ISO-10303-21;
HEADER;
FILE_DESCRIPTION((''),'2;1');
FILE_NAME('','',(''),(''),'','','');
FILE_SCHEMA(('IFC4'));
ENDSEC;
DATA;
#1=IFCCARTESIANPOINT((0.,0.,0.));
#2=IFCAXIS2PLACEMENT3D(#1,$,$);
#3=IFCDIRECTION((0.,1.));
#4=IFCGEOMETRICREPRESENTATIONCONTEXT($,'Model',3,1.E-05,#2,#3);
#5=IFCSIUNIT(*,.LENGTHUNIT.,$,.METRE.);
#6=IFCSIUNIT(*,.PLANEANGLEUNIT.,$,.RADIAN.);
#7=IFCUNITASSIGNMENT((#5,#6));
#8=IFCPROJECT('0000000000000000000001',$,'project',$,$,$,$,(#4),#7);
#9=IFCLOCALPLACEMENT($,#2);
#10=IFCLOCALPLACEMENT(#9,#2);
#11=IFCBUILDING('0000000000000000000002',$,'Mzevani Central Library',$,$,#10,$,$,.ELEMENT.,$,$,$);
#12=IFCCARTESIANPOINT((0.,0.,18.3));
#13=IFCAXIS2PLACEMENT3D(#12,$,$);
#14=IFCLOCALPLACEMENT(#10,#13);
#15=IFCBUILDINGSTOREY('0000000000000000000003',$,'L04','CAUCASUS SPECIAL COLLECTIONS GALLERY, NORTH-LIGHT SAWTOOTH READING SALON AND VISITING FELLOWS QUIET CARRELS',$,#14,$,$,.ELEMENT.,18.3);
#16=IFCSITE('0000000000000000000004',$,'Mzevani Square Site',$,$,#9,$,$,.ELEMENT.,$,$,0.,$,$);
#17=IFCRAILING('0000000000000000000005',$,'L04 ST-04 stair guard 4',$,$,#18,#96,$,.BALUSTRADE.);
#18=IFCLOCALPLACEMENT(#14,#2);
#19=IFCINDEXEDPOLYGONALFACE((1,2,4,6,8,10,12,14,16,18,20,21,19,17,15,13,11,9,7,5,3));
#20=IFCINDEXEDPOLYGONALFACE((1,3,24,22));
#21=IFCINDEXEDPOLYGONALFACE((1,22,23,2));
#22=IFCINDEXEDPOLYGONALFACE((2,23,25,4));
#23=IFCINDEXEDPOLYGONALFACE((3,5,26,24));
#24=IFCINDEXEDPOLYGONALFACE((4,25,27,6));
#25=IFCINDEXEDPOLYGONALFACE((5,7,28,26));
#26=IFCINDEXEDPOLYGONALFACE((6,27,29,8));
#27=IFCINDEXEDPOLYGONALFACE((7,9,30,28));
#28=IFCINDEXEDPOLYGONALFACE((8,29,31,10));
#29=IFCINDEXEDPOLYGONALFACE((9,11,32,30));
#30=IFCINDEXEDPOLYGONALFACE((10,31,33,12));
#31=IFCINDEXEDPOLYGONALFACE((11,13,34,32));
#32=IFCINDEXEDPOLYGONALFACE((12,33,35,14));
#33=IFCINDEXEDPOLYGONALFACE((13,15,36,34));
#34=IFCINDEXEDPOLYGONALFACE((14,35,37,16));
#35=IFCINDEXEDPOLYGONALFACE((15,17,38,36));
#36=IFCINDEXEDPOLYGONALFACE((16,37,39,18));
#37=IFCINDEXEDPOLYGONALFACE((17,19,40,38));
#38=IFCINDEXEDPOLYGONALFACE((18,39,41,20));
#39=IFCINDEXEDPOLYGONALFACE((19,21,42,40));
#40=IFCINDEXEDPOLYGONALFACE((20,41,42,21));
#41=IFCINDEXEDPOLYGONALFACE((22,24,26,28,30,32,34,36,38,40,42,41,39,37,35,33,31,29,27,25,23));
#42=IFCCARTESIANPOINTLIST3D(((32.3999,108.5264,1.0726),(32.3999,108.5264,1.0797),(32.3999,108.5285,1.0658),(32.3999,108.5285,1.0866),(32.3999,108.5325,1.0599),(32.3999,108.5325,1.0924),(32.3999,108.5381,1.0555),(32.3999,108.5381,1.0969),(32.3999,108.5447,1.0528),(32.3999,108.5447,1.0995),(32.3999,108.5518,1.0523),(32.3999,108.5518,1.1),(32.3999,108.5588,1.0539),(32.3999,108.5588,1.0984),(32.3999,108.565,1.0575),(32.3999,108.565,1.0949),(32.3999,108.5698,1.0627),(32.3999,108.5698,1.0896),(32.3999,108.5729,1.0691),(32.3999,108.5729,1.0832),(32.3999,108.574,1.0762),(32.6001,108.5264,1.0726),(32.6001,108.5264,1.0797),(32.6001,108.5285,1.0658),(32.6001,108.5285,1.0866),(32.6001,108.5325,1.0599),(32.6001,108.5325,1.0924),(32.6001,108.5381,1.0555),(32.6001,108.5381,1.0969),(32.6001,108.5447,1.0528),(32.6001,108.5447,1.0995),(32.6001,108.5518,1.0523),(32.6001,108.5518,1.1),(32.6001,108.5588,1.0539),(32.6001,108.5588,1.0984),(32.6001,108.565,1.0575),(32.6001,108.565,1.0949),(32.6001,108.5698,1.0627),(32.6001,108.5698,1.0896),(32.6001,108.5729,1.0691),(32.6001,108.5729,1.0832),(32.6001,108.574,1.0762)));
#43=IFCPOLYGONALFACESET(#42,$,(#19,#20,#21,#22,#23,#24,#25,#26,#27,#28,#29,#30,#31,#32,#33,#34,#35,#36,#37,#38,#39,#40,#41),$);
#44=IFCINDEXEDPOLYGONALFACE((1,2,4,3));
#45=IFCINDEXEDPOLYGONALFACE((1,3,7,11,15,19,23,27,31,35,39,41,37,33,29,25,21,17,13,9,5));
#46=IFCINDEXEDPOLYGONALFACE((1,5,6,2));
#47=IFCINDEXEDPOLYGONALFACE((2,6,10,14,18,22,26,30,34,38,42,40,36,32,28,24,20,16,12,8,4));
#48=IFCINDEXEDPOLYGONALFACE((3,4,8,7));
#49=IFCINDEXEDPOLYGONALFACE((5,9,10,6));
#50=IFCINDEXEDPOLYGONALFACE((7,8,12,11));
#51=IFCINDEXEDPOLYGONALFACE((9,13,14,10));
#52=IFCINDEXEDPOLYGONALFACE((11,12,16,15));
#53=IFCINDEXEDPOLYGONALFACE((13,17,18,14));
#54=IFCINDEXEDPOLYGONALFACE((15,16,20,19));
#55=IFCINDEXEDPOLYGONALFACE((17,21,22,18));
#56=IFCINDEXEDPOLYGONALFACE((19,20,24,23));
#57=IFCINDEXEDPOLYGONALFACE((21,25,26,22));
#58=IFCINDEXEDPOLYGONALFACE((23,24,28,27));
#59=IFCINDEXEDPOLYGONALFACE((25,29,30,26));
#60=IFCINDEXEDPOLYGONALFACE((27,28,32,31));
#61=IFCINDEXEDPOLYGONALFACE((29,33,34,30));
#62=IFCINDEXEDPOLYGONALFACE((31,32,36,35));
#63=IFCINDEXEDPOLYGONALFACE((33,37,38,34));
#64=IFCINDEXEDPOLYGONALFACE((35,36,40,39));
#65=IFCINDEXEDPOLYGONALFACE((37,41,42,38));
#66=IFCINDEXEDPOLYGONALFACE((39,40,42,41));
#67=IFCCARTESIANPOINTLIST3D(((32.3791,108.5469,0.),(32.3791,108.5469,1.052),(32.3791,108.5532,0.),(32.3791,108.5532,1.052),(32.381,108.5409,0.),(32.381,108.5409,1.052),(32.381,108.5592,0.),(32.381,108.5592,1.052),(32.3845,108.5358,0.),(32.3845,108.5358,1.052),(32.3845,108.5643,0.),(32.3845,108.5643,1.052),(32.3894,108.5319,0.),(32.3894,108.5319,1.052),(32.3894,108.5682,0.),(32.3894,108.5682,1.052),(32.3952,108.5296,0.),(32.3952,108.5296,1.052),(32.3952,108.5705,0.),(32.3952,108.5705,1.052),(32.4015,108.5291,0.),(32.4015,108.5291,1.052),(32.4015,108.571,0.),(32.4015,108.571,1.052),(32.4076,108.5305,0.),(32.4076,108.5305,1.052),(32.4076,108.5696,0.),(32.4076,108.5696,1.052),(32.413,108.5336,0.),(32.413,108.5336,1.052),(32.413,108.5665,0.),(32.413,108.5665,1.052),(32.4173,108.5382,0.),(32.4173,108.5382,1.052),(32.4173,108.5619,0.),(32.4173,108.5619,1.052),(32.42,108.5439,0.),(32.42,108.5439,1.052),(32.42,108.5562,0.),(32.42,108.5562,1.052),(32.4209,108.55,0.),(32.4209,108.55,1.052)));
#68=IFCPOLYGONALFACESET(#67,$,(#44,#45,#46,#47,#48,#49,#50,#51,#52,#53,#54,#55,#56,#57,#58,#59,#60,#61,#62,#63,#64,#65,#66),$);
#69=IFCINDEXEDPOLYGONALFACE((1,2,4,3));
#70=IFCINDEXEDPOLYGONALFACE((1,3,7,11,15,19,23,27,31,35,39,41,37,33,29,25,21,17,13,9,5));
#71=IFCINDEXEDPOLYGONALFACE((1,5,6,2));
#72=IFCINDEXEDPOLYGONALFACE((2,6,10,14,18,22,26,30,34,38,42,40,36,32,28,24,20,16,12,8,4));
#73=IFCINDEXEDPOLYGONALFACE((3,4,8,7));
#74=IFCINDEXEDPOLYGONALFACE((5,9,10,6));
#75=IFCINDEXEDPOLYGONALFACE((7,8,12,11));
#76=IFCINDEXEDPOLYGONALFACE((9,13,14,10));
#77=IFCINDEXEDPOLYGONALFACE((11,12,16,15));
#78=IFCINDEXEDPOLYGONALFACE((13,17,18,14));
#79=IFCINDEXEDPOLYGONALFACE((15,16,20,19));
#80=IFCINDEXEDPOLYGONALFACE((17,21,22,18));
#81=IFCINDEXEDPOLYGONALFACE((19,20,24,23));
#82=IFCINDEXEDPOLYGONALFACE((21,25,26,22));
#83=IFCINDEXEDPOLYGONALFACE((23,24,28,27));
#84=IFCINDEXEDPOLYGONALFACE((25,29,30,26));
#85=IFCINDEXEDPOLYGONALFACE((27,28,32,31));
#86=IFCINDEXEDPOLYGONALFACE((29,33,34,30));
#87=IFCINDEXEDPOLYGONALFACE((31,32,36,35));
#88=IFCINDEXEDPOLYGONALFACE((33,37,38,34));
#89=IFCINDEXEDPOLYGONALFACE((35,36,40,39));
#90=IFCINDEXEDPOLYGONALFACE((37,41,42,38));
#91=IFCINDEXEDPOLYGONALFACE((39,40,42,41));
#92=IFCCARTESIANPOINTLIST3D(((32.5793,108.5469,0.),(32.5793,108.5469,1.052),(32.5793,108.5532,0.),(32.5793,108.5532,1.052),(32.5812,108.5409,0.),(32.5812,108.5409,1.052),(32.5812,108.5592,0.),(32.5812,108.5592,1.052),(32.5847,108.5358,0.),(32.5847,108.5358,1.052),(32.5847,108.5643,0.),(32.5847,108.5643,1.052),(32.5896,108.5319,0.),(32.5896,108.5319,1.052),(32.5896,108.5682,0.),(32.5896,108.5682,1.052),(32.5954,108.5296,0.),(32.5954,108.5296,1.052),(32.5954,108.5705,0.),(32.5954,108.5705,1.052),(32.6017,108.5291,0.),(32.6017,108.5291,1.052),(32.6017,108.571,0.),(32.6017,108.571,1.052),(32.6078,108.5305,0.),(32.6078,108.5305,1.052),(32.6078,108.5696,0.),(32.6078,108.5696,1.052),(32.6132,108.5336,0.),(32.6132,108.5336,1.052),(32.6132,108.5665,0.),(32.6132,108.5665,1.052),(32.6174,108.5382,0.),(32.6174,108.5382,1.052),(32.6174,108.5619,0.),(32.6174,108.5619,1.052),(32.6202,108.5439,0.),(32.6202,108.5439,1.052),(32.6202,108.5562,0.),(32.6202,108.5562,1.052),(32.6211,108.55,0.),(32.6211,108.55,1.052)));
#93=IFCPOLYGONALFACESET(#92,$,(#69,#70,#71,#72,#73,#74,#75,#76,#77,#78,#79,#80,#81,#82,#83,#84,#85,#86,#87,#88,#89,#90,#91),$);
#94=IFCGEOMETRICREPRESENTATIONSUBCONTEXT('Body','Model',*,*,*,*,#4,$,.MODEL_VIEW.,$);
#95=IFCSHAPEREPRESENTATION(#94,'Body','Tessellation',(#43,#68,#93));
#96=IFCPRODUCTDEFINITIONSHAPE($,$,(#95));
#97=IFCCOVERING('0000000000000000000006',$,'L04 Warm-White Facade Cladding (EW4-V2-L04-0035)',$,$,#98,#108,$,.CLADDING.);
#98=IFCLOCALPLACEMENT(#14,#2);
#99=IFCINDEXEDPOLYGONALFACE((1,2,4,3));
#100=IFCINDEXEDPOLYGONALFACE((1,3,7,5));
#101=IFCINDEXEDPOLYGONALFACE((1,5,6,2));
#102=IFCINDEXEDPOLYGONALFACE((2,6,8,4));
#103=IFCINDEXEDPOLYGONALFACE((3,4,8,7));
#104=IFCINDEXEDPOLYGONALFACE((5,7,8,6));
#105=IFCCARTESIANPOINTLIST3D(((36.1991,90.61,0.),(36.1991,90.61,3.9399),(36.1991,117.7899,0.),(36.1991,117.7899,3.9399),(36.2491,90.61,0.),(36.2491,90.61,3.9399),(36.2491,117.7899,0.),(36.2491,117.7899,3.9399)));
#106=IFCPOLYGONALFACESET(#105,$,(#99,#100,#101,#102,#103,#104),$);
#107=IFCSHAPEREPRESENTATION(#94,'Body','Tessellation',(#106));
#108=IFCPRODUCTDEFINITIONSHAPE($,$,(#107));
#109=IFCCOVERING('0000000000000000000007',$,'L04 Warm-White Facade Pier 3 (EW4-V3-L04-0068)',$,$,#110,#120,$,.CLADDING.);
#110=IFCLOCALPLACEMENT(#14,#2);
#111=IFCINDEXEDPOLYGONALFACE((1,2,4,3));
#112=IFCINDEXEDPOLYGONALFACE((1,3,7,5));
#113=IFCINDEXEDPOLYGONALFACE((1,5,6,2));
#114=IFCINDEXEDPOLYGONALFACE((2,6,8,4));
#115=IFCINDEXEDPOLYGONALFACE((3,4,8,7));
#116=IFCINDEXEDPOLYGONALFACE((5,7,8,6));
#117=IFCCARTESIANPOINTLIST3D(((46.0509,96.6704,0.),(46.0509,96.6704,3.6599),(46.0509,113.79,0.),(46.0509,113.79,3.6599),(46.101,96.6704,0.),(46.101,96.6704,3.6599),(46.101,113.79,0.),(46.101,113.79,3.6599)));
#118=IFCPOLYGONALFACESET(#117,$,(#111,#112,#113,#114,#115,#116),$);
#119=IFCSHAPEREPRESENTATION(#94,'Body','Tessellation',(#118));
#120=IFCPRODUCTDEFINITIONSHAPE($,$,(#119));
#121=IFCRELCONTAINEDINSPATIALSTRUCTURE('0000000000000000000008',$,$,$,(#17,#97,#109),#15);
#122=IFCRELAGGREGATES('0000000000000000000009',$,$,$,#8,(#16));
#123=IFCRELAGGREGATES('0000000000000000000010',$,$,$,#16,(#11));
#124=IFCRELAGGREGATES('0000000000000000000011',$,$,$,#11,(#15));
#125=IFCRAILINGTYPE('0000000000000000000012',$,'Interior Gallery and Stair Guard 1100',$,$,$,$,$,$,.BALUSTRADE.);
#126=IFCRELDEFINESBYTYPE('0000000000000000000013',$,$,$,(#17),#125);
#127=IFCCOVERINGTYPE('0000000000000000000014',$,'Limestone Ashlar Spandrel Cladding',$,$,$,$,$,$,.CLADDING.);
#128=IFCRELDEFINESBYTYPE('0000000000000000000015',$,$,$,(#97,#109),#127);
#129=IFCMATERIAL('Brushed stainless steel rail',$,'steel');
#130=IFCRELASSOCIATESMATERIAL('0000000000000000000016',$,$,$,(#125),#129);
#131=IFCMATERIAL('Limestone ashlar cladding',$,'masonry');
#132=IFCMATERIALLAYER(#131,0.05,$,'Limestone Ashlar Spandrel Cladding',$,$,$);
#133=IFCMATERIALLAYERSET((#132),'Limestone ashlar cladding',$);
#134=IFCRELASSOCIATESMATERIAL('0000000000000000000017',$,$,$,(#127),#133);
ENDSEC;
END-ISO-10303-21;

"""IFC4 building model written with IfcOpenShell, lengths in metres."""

from ifc_helpers import new_model, si_unit, direction, frame, origin, origin_2d, place, context, subcontext, project, spatial, rectangle, circle, extrude, material, layer, layer_set, type_object, element, save


model = new_model("IFC4")

# Units and contexts
model_context = context("Model", 3, precision=1e-05, world=origin(), true_north=direction((0.0, 1.0)))
body_context = subcontext(model_context, "Body", "Model", "MODEL_VIEW")
ifc_project = project(units=[si_unit("LENGTHUNIT", "METRE"), si_unit("PLANEANGLEUNIT", "RADIAN")], contexts=[model_context])

# Site, building, storey
site_placement = place(None, origin())
site = spatial("IfcSite", under=ifc_project, at=site_placement, Name="Mzevani Square Site", CompositionType="ELEMENT", RefElevation=0.0)
building_placement = place(site_placement, origin())
building = spatial("IfcBuilding", under=site, at=building_placement, Name="Mzevani Central Library", CompositionType="ELEMENT")
storey_placement = place(building_placement, frame((0.0, 0.0, 18.3)))
storey = spatial("IfcBuildingStorey", under=building, at=storey_placement, Name="L04", Description="CAUCASUS SPECIAL COLLECTIONS GALLERY, NORTH-LIGHT SAWTOOTH READING SALON AND VISITING FELLOWS QUIET CARRELS", CompositionType="ELEMENT", Elevation=18.3)

# Railing
ifc_material_1 = material(Name="Brushed stainless steel rail", Category="steel")
railing_type_1 = type_object("IfcRailingType", Name="Interior Gallery and Stair Guard 1100", PredefinedType="BALUSTRADE", material=ifc_material_1)
railing_1_placement = place(storey_placement, frame((32.3999, 108.55, 0.0)))
element("IfcRailing", 1, at=railing_1_placement, inside=storey, type_object=railing_type_1, Name="L04 ST-04 stair guard 4", PredefinedType="BALUSTRADE", context=body_context, shape_type="SweptSolid", body=[
    extrude(circle(Radius=0.0239, at=origin_2d()), frame((0.0, 0.0, 1.0762), z_axis=(1.0, 0.0, 0.0), x_axis=(0.0, 1.0, 0.0)), (0.0, 0.0, 1.0), 0.2002),
    extrude(circle(Radius=0.021, at=origin_2d()), origin(), (0.0, 0.0, 1.0), 1.052),
    extrude(circle(Radius=0.021, at=origin_2d()), frame((0.2002, 0.0, 0.0)), (0.0, 0.0, 1.0), 1.052),
])

# Coverings
ifc_material_2 = material(Name="Limestone ashlar cladding", Category="masonry")
ifc_layer_1 = layer(ifc_material_2, 0.05, Name="Limestone Ashlar Spandrel Cladding")
ifc_layer_set_1 = layer_set([ifc_layer_1], Name="Limestone ashlar cladding")
covering_type = type_object("IfcCoveringType", Name="Limestone Ashlar Spandrel Cladding", PredefinedType="CLADDING", material=ifc_layer_set_1)
covering_1_placement = place(storey_placement, frame((36.2241, 104.2, 0.0), z_axis=(0.0, 0.0, 1.0), x_axis=(0.0, -1.0, 0.0)))
element("IfcCovering", 2, at=covering_1_placement, inside=storey, type_object=covering_type, Name="L04 Warm-White Facade Cladding (EW4-V2-L04-0035)", PredefinedType="CLADDING", context=body_context, shape_type="SweptSolid", body=[
    extrude(rectangle(XDim=27.1799, YDim=0.05, at=origin_2d()), origin(), (0.0, 0.0, 1.0), 3.9399),
])
covering_2_placement = place(storey_placement, frame((46.0759, 105.2302, 0.0), z_axis=(0.0, 0.0, 1.0), x_axis=(0.0, 1.0, 0.0)))
element("IfcCovering", 3, at=covering_2_placement, inside=storey, type_object=covering_type, Name="L04 Warm-White Facade Pier 3 (EW4-V3-L04-0068)", PredefinedType="CLADDING", context=body_context, shape_type="SweptSolid", body=[
    extrude(rectangle(XDim=17.1196, YDim=0.05, at=origin_2d()), origin(), (0.0, 0.0, 1.0), 3.6599),
])

save(model, "model.ifc")
